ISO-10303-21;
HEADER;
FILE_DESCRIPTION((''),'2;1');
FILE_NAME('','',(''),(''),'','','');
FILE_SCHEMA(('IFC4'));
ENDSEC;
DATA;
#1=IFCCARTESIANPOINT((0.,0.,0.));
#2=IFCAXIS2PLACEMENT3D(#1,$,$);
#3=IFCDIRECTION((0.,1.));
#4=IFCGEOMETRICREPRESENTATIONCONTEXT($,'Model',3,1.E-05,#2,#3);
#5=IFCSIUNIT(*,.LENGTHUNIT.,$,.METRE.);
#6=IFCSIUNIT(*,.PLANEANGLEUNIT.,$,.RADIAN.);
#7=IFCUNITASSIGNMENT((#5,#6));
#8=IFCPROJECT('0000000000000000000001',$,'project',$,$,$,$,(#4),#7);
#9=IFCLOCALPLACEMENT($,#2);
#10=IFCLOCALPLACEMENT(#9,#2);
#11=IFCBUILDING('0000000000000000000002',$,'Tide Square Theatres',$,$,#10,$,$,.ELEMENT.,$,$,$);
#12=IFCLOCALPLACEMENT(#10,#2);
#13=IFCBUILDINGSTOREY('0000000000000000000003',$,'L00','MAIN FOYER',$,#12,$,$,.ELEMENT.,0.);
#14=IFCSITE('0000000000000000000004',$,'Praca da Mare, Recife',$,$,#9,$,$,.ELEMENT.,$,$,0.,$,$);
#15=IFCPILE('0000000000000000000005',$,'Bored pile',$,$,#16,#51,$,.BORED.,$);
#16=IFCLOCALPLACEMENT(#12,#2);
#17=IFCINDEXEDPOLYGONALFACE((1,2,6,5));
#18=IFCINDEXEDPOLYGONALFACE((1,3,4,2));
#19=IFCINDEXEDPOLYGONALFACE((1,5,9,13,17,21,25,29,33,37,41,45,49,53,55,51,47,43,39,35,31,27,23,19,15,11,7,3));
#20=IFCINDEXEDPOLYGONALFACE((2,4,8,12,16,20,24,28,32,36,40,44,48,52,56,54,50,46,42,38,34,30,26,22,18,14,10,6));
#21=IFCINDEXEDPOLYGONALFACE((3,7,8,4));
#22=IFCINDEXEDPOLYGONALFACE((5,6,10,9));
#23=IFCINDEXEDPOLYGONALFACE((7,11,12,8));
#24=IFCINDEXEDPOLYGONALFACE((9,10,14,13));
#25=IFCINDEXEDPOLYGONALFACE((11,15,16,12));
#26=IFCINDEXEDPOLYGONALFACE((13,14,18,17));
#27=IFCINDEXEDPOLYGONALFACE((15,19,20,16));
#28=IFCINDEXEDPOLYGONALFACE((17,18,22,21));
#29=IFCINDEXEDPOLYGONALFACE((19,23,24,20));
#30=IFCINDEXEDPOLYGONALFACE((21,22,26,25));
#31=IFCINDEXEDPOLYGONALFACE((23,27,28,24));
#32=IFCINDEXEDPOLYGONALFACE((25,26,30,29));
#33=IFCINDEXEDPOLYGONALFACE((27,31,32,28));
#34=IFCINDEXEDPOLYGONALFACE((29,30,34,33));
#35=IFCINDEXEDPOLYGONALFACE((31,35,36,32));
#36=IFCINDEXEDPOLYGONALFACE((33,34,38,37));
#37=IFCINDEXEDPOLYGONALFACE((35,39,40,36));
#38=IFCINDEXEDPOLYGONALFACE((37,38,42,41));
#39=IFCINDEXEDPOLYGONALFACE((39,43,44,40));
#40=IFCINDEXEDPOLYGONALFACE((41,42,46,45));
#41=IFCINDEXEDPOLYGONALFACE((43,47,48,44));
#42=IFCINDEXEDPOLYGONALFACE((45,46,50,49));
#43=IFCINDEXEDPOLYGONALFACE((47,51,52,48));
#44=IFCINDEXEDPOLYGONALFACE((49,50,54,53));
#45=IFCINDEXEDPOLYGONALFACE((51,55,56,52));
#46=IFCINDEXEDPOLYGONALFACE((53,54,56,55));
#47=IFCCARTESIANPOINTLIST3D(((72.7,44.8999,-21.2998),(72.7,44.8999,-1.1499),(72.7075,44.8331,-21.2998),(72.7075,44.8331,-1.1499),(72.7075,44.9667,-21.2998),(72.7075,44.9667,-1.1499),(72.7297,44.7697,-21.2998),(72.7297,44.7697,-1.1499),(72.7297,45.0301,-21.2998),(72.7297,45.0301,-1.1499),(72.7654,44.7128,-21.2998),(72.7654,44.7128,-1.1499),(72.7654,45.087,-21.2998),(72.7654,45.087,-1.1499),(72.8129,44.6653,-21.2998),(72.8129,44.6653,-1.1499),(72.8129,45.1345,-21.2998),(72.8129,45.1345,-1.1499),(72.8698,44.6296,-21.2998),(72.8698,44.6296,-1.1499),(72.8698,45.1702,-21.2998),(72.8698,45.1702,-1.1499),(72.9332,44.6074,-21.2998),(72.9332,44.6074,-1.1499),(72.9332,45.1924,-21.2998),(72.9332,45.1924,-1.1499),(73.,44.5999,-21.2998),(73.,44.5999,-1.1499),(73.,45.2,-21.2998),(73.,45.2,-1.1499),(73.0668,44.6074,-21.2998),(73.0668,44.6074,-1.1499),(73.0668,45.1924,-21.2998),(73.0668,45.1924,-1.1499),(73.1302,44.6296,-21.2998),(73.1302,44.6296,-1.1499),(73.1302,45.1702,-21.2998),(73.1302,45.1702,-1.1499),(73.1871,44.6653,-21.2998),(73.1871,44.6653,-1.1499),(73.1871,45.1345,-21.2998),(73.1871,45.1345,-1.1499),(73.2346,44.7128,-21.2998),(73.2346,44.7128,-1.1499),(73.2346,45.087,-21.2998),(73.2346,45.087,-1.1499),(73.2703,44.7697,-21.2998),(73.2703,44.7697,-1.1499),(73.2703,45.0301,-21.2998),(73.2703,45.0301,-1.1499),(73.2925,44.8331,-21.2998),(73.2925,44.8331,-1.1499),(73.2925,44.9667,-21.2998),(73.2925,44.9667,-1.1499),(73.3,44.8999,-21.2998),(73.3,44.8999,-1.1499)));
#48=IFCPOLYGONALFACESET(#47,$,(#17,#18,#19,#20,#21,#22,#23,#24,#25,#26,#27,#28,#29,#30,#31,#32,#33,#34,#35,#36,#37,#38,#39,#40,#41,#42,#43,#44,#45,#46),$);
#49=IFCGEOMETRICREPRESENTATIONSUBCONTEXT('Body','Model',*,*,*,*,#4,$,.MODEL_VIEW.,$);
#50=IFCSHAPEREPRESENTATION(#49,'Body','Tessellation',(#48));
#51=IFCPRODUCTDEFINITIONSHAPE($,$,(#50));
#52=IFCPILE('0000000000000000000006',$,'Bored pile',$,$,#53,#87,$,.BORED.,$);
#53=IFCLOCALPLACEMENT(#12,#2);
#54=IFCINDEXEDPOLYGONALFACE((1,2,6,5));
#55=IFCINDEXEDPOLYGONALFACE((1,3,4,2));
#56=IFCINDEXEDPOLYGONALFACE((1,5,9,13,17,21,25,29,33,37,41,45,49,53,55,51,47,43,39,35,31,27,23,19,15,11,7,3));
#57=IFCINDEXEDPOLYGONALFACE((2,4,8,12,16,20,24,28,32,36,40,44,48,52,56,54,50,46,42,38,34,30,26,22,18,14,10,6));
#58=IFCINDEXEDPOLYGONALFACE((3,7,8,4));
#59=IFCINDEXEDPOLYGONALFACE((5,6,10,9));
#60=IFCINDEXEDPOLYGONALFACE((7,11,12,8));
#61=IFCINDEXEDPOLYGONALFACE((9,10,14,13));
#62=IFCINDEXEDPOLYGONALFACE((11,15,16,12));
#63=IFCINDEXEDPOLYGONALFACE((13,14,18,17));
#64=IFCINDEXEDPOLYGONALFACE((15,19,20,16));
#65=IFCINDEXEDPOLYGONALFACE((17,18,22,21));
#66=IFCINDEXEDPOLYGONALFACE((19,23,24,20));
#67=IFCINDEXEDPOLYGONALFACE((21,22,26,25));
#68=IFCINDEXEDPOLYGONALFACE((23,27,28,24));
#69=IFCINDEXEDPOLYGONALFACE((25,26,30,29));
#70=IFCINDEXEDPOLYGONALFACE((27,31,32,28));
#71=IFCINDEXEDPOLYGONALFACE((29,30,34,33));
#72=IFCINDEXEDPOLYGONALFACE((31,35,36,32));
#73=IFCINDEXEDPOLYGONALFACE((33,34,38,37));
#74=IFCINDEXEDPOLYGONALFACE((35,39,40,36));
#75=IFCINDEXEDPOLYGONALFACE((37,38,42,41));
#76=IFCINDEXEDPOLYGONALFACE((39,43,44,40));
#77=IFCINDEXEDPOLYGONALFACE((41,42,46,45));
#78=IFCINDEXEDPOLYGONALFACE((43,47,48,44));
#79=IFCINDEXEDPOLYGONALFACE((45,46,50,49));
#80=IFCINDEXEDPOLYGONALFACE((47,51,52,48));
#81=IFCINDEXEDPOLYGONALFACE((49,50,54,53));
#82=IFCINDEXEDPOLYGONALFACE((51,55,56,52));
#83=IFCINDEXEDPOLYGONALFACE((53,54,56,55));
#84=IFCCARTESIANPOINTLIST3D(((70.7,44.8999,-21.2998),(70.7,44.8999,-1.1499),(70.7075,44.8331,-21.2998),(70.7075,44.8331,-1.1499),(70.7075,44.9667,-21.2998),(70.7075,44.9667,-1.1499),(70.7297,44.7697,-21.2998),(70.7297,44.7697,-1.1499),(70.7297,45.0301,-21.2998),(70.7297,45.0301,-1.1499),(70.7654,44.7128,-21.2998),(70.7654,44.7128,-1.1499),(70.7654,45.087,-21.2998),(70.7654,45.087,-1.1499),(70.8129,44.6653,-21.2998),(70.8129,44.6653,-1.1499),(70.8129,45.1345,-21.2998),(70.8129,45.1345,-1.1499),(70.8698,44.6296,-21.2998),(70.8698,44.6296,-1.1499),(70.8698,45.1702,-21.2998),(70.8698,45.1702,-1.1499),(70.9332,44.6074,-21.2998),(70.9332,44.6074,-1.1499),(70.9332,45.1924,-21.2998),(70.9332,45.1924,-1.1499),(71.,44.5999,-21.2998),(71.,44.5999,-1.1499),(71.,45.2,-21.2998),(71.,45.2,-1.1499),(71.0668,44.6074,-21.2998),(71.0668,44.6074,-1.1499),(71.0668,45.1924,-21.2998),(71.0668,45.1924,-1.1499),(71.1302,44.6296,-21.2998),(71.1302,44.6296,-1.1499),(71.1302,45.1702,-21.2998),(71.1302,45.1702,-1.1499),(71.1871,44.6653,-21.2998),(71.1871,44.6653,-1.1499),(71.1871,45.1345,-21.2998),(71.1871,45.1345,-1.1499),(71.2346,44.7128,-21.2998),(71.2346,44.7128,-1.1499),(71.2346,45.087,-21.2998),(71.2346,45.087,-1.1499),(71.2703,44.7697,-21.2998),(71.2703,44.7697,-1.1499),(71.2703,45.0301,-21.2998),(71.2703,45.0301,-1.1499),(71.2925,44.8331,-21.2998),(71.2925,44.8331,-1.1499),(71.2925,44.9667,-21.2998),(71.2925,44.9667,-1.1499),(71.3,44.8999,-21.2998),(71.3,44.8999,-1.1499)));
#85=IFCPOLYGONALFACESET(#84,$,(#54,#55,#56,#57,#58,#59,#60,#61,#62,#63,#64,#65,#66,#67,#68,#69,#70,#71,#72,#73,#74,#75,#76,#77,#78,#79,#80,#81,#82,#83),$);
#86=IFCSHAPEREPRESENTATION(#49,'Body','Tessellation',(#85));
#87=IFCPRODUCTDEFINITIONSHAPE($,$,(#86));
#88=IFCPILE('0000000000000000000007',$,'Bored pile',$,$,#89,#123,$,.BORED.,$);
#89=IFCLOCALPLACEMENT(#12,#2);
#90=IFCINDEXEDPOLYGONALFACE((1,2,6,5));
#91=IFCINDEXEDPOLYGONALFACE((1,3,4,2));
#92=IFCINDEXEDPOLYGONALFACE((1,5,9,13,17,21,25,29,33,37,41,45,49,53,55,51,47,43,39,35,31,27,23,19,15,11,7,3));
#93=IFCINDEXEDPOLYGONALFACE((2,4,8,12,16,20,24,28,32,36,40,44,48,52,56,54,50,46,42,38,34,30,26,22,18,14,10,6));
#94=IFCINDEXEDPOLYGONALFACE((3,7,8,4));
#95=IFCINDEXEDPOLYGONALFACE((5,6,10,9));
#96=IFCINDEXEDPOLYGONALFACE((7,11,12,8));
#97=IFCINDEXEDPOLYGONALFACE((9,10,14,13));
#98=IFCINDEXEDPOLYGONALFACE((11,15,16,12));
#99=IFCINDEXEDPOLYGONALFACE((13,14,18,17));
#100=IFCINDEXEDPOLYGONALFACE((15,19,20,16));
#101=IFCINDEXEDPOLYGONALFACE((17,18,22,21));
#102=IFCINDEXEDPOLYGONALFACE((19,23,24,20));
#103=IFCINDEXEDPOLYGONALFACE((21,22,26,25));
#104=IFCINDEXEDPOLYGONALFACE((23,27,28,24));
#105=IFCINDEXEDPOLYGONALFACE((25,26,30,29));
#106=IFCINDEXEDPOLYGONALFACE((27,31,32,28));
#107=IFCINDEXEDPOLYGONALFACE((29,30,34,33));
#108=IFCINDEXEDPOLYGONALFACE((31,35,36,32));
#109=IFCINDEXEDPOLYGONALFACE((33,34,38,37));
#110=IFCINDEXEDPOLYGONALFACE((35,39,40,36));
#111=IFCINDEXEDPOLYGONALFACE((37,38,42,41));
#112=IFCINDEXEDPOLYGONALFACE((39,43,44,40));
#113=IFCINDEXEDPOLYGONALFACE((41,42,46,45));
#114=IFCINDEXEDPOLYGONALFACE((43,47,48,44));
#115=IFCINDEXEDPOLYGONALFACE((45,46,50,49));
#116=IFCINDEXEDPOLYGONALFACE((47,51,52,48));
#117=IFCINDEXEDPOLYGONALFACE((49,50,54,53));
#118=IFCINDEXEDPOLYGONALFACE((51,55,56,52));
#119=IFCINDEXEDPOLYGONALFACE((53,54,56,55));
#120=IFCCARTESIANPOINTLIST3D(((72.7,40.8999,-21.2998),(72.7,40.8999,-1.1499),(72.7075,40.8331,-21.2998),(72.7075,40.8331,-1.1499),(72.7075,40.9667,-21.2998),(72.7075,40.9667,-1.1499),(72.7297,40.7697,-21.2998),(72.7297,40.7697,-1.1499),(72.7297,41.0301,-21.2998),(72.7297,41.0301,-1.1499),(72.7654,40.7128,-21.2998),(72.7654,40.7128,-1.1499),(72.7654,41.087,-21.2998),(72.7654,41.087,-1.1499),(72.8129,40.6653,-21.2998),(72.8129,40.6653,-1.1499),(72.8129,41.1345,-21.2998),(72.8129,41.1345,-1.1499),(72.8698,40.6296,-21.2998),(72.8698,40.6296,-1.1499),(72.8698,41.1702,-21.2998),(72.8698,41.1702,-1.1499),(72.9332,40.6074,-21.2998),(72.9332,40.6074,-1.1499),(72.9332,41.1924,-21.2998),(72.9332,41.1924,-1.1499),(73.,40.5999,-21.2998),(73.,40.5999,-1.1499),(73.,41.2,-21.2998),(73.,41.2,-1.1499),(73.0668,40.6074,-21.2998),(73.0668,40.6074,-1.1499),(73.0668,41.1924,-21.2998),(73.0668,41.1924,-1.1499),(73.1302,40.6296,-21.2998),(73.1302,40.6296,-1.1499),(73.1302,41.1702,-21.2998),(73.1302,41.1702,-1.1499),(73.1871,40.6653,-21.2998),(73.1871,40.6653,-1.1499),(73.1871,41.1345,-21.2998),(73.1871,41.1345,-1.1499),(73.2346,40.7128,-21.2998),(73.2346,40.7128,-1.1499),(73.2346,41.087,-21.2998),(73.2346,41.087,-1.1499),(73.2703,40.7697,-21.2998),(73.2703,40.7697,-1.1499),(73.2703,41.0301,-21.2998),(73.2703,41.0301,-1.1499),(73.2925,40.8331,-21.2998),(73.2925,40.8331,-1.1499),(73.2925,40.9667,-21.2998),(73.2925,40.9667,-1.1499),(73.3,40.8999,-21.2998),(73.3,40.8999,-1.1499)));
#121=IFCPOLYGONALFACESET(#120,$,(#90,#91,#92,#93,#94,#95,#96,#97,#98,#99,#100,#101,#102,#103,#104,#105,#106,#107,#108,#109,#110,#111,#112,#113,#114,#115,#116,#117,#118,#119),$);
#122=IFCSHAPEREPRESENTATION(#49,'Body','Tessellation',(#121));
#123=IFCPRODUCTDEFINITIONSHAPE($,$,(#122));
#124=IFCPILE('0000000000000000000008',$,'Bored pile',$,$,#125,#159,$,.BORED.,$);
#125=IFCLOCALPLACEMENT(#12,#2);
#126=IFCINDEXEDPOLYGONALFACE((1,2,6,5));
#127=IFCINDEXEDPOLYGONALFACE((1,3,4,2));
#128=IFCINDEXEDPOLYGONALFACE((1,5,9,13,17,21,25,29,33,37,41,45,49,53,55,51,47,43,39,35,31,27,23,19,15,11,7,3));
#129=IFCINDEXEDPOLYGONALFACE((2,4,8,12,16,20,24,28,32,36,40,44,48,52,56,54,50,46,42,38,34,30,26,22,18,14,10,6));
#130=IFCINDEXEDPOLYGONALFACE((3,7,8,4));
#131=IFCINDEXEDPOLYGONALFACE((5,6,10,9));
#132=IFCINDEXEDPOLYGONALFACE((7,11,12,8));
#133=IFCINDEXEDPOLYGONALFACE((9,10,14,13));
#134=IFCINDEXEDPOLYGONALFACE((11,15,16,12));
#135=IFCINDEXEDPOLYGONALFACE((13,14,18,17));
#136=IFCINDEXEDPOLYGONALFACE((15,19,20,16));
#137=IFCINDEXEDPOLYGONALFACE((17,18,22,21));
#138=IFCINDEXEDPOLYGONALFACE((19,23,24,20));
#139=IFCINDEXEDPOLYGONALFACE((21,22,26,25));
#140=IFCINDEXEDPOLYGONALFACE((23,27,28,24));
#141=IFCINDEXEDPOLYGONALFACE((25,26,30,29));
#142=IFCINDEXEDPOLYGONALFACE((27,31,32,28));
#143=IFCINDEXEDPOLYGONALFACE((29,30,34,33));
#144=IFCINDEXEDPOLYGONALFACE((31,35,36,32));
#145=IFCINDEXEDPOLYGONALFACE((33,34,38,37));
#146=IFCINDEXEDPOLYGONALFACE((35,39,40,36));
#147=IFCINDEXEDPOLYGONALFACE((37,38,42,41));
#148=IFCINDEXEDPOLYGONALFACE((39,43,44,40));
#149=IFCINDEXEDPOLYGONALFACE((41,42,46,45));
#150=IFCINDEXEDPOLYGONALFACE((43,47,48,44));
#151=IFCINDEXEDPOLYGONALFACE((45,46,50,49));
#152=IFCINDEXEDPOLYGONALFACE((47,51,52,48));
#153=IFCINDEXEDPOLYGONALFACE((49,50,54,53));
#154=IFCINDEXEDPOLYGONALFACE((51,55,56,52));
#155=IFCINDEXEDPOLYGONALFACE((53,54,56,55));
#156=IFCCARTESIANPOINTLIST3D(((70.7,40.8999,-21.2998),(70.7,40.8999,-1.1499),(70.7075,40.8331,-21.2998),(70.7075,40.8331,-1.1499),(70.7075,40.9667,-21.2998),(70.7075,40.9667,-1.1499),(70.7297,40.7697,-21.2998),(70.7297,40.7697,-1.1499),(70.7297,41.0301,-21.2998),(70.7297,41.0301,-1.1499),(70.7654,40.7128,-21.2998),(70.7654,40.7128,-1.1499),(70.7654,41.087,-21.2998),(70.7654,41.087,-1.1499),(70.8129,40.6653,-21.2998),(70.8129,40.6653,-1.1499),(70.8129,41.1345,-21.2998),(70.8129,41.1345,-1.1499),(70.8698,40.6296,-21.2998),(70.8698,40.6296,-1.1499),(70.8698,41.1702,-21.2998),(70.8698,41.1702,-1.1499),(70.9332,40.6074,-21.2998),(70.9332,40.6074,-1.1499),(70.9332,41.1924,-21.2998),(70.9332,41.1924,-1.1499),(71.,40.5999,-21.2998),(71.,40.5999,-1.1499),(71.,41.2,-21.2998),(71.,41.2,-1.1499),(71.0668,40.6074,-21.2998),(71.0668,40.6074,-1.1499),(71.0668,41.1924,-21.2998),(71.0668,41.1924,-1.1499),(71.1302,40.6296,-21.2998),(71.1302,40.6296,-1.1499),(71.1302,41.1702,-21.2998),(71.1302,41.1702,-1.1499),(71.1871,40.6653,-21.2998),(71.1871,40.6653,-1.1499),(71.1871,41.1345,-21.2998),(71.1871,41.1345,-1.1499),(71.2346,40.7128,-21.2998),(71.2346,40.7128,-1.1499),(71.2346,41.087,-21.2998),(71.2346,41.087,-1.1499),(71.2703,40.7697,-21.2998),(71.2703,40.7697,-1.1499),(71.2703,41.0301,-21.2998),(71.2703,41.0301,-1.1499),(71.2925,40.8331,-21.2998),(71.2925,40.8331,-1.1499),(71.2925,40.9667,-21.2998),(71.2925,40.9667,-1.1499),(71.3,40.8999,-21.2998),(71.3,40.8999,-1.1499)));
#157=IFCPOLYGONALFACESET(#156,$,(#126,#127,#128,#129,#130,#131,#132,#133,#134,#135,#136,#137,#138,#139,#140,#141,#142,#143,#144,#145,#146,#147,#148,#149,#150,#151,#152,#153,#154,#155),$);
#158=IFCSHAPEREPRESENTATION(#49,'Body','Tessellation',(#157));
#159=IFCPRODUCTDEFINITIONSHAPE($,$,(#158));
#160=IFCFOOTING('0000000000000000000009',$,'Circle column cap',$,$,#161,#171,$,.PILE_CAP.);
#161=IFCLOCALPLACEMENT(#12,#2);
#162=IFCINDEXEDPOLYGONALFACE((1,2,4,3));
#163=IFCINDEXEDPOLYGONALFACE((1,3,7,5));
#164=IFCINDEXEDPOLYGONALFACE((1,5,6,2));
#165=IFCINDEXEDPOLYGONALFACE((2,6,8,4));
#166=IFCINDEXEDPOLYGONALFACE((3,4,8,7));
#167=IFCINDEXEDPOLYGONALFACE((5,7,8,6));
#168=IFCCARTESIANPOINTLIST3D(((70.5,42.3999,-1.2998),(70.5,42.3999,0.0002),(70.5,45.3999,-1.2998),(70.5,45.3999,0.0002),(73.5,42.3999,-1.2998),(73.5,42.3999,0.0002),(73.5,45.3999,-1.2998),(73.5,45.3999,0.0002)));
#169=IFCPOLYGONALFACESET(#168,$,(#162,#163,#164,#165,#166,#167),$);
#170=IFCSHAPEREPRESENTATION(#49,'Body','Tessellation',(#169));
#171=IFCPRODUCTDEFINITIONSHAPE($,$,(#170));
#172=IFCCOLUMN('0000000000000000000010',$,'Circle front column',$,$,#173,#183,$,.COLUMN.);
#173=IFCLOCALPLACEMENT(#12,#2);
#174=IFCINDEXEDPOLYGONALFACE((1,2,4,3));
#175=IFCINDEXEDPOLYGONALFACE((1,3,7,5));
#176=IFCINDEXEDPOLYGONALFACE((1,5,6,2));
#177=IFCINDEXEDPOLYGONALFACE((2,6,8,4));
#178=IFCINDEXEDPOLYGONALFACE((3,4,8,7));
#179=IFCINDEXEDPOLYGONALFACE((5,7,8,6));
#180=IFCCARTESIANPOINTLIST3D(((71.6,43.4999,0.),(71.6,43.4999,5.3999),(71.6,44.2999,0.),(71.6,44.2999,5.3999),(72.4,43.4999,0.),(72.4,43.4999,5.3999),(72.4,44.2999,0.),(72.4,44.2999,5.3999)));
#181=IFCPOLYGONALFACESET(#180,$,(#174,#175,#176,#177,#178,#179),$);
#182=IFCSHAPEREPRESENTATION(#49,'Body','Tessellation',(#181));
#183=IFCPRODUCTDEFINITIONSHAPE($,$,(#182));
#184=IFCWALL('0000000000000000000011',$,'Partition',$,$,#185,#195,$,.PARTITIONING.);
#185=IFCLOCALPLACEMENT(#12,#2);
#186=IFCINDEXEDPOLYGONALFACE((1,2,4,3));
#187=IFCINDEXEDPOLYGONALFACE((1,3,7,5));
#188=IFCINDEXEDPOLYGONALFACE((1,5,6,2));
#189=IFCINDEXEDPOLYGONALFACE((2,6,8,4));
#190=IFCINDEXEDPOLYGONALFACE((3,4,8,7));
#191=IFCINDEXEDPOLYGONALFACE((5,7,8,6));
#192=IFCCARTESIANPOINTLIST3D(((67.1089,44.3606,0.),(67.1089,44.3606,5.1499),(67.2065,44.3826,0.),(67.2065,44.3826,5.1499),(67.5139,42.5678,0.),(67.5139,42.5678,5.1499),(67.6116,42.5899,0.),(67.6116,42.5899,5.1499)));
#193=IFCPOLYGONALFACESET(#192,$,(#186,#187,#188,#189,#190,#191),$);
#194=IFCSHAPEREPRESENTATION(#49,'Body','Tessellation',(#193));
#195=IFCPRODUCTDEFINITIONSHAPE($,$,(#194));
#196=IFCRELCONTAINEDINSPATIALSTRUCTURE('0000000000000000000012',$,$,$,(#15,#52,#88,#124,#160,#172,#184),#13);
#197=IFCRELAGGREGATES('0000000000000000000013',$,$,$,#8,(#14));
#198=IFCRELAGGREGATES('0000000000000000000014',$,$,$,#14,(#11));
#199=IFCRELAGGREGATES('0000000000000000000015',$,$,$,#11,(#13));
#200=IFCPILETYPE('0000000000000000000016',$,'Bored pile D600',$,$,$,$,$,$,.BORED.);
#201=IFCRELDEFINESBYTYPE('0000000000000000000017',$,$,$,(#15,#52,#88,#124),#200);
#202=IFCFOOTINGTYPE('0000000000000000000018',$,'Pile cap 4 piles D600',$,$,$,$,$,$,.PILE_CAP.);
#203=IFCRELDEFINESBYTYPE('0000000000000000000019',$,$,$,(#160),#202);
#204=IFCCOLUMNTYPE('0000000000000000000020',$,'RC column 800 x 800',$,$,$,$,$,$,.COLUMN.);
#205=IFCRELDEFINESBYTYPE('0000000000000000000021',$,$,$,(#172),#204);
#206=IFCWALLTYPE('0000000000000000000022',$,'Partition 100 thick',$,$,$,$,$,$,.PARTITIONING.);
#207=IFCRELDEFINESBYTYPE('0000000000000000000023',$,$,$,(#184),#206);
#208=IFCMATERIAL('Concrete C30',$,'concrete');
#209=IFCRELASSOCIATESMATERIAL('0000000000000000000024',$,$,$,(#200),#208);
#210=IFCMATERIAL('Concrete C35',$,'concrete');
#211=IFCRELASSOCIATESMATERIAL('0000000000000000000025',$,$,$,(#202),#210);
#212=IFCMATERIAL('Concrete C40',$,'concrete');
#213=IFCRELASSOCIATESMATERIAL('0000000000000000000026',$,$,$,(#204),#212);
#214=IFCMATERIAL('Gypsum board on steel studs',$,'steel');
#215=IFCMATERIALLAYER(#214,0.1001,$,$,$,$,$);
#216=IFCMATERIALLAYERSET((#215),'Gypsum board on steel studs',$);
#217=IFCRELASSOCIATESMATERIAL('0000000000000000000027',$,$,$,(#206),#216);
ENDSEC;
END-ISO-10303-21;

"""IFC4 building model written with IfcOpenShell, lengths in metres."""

from ifc_helpers import new_model, si_unit, direction, frame, frame_2d, origin, origin_2d, place, context, subcontext, project, spatial, rectangle, circle, extrude, material, layer, layer_set, material_profile, profile_set, type_object, element, save


model = new_model("IFC4")

# Units and contexts
model_context = context("Model", 3, precision=1e-05, world=origin(), true_north=direction((0.0, 1.0)))
body_context = subcontext(model_context, "Body", "Model", "MODEL_VIEW")
ifc_project = project(units=[si_unit("LENGTHUNIT", "METRE"), si_unit("PLANEANGLEUNIT", "RADIAN")], contexts=[model_context])

# Site, building, storey
site_placement = place(None, origin())
site = spatial("IfcSite", under=ifc_project, at=site_placement, Name="Praca da Mare, Recife", CompositionType="ELEMENT", RefElevation=0.0)
building_placement = place(site_placement, origin())
building = spatial("IfcBuilding", under=site, at=building_placement, Name="Tide Square Theatres", CompositionType="ELEMENT")
storey_placement = place(building_placement, origin())
storey = spatial("IfcBuildingStorey", under=building, at=storey_placement, Name="L00", Description="MAIN FOYER", CompositionType="ELEMENT", Elevation=0.0)

# Piles
ifc_material_1 = material(Name="Concrete C30", Category="concrete")
ifc_material_profile_1 = material_profile(ifc_material_1, circle(Radius=0.3, at=origin_2d()))
ifc_profile_set_1 = profile_set([ifc_material_profile_1], Name="Concrete C30")
pile_type = type_object("IfcPileType", Name="Bored pile D600", PredefinedType="BORED", material=ifc_profile_set_1)
for number, where, z_axis, x_axis, name in (
    (1, (73.0, 44.8999, -1.1499), (0.0, 0.0, -1.0), (1.0, 0.0, 0.0), "Bored pile"),
    (2, (71.0, 44.8999, -1.1499), (0.0, 0.0, -1.0), (1.0, 0.0, 0.0), "Bored pile"),
    (3, (73.0, 40.8999, -1.1499), (0.0, 0.0, -1.0), (1.0, 0.0, 0.0), "Bored pile"),
    (4, (71.0, 40.8999, -1.1499), (0.0, 0.0, -1.0), (1.0, 0.0, 0.0), "Bored pile"),
):
    element("IfcPile", number, at=place(storey_placement, frame(where, z_axis=z_axis, x_axis=x_axis)), inside=storey, type_object=pile_type, Name=name, PredefinedType="BORED", context=body_context, shape_type="SweptSolid", body=[
        extrude(circle(Radius=0.3, at=origin_2d()), origin(), (0.0, 0.0, 1.0), 20.1499),
    ])

# Footing
ifc_material_2 = material(Name="Concrete C35", Category="concrete")
footing_type = type_object("IfcFootingType", Name="Pile cap 4 piles D600", PredefinedType="PILE_CAP", material=ifc_material_2)
footing_placement = place(storey_placement, frame((72.0, 43.8999, -1.2998), z_axis=(0.0, 0.0, 1.0), x_axis=(1.0, 0.0, 0.0)))
element("IfcFooting", 5, at=footing_placement, inside=storey, type_object=footing_type, Name="Circle column cap", PredefinedType="PILE_CAP", context=body_context, shape_type="SweptSolid", body=[
    extrude(rectangle(XDim=3.0, YDim=3.0, at=origin_2d()), origin(), (0.0, 0.0, 1.0), 1.3),
])

# Column
ifc_material_3 = material(Name="Concrete C40", Category="concrete")
ifc_material_profile_2 = material_profile(ifc_material_3, rectangle(XDim=0.8, YDim=0.8, at=origin_2d()))
ifc_profile_set_2 = profile_set([ifc_material_profile_2], Name="Concrete C40")
column_type = type_object("IfcColumnType", Name="RC column 800 x 800", PredefinedType="COLUMN", material=ifc_profile_set_2)
column_placement = place(storey_placement, frame((72.0, 43.8999, 0.0), z_axis=(0.0, 0.0, 1.0), x_axis=(1.0, 0.0, 0.0)))
element("IfcColumn", 6, at=column_placement, inside=storey, type_object=column_type, Name="Circle front column", PredefinedType="COLUMN", context=body_context, shape_type="SweptSolid", body=[
    extrude(rectangle(XDim=0.8, YDim=0.8, at=origin_2d()), origin(), (0.0, 0.0, 1.0), 5.3999),
])

# Wall
ifc_material_4 = material(Name="Gypsum board on steel studs", Category="steel")
ifc_layer_1 = layer(ifc_material_4, 0.1001)
ifc_layer_set_1 = layer_set([ifc_layer_1], Name="Gypsum board on steel studs")
wall_type_1 = type_object("IfcWallType", Name="Partition 100 thick", PredefinedType="PARTITIONING", material=ifc_layer_set_1)
wall_1_placement = place(storey_placement, frame((67.1577, 44.3716, 0.0), z_axis=(0.0, 0.0, 1.0), x_axis=(0.220375, -0.975415, 0.0)))
element("IfcWall", 7, at=wall_1_placement, inside=storey, type_object=wall_type_1, Name="Partition", PredefinedType="PARTITIONING", context=body_context, shape_type="SweptSolid", body=[
    extrude(rectangle(XDim=1.8379, YDim=0.1001, at=frame_2d((0.9189, 0.0))), origin(), (0.0, 0.0, 1.0), 5.1499),
])

save(model, "model.ifc")
